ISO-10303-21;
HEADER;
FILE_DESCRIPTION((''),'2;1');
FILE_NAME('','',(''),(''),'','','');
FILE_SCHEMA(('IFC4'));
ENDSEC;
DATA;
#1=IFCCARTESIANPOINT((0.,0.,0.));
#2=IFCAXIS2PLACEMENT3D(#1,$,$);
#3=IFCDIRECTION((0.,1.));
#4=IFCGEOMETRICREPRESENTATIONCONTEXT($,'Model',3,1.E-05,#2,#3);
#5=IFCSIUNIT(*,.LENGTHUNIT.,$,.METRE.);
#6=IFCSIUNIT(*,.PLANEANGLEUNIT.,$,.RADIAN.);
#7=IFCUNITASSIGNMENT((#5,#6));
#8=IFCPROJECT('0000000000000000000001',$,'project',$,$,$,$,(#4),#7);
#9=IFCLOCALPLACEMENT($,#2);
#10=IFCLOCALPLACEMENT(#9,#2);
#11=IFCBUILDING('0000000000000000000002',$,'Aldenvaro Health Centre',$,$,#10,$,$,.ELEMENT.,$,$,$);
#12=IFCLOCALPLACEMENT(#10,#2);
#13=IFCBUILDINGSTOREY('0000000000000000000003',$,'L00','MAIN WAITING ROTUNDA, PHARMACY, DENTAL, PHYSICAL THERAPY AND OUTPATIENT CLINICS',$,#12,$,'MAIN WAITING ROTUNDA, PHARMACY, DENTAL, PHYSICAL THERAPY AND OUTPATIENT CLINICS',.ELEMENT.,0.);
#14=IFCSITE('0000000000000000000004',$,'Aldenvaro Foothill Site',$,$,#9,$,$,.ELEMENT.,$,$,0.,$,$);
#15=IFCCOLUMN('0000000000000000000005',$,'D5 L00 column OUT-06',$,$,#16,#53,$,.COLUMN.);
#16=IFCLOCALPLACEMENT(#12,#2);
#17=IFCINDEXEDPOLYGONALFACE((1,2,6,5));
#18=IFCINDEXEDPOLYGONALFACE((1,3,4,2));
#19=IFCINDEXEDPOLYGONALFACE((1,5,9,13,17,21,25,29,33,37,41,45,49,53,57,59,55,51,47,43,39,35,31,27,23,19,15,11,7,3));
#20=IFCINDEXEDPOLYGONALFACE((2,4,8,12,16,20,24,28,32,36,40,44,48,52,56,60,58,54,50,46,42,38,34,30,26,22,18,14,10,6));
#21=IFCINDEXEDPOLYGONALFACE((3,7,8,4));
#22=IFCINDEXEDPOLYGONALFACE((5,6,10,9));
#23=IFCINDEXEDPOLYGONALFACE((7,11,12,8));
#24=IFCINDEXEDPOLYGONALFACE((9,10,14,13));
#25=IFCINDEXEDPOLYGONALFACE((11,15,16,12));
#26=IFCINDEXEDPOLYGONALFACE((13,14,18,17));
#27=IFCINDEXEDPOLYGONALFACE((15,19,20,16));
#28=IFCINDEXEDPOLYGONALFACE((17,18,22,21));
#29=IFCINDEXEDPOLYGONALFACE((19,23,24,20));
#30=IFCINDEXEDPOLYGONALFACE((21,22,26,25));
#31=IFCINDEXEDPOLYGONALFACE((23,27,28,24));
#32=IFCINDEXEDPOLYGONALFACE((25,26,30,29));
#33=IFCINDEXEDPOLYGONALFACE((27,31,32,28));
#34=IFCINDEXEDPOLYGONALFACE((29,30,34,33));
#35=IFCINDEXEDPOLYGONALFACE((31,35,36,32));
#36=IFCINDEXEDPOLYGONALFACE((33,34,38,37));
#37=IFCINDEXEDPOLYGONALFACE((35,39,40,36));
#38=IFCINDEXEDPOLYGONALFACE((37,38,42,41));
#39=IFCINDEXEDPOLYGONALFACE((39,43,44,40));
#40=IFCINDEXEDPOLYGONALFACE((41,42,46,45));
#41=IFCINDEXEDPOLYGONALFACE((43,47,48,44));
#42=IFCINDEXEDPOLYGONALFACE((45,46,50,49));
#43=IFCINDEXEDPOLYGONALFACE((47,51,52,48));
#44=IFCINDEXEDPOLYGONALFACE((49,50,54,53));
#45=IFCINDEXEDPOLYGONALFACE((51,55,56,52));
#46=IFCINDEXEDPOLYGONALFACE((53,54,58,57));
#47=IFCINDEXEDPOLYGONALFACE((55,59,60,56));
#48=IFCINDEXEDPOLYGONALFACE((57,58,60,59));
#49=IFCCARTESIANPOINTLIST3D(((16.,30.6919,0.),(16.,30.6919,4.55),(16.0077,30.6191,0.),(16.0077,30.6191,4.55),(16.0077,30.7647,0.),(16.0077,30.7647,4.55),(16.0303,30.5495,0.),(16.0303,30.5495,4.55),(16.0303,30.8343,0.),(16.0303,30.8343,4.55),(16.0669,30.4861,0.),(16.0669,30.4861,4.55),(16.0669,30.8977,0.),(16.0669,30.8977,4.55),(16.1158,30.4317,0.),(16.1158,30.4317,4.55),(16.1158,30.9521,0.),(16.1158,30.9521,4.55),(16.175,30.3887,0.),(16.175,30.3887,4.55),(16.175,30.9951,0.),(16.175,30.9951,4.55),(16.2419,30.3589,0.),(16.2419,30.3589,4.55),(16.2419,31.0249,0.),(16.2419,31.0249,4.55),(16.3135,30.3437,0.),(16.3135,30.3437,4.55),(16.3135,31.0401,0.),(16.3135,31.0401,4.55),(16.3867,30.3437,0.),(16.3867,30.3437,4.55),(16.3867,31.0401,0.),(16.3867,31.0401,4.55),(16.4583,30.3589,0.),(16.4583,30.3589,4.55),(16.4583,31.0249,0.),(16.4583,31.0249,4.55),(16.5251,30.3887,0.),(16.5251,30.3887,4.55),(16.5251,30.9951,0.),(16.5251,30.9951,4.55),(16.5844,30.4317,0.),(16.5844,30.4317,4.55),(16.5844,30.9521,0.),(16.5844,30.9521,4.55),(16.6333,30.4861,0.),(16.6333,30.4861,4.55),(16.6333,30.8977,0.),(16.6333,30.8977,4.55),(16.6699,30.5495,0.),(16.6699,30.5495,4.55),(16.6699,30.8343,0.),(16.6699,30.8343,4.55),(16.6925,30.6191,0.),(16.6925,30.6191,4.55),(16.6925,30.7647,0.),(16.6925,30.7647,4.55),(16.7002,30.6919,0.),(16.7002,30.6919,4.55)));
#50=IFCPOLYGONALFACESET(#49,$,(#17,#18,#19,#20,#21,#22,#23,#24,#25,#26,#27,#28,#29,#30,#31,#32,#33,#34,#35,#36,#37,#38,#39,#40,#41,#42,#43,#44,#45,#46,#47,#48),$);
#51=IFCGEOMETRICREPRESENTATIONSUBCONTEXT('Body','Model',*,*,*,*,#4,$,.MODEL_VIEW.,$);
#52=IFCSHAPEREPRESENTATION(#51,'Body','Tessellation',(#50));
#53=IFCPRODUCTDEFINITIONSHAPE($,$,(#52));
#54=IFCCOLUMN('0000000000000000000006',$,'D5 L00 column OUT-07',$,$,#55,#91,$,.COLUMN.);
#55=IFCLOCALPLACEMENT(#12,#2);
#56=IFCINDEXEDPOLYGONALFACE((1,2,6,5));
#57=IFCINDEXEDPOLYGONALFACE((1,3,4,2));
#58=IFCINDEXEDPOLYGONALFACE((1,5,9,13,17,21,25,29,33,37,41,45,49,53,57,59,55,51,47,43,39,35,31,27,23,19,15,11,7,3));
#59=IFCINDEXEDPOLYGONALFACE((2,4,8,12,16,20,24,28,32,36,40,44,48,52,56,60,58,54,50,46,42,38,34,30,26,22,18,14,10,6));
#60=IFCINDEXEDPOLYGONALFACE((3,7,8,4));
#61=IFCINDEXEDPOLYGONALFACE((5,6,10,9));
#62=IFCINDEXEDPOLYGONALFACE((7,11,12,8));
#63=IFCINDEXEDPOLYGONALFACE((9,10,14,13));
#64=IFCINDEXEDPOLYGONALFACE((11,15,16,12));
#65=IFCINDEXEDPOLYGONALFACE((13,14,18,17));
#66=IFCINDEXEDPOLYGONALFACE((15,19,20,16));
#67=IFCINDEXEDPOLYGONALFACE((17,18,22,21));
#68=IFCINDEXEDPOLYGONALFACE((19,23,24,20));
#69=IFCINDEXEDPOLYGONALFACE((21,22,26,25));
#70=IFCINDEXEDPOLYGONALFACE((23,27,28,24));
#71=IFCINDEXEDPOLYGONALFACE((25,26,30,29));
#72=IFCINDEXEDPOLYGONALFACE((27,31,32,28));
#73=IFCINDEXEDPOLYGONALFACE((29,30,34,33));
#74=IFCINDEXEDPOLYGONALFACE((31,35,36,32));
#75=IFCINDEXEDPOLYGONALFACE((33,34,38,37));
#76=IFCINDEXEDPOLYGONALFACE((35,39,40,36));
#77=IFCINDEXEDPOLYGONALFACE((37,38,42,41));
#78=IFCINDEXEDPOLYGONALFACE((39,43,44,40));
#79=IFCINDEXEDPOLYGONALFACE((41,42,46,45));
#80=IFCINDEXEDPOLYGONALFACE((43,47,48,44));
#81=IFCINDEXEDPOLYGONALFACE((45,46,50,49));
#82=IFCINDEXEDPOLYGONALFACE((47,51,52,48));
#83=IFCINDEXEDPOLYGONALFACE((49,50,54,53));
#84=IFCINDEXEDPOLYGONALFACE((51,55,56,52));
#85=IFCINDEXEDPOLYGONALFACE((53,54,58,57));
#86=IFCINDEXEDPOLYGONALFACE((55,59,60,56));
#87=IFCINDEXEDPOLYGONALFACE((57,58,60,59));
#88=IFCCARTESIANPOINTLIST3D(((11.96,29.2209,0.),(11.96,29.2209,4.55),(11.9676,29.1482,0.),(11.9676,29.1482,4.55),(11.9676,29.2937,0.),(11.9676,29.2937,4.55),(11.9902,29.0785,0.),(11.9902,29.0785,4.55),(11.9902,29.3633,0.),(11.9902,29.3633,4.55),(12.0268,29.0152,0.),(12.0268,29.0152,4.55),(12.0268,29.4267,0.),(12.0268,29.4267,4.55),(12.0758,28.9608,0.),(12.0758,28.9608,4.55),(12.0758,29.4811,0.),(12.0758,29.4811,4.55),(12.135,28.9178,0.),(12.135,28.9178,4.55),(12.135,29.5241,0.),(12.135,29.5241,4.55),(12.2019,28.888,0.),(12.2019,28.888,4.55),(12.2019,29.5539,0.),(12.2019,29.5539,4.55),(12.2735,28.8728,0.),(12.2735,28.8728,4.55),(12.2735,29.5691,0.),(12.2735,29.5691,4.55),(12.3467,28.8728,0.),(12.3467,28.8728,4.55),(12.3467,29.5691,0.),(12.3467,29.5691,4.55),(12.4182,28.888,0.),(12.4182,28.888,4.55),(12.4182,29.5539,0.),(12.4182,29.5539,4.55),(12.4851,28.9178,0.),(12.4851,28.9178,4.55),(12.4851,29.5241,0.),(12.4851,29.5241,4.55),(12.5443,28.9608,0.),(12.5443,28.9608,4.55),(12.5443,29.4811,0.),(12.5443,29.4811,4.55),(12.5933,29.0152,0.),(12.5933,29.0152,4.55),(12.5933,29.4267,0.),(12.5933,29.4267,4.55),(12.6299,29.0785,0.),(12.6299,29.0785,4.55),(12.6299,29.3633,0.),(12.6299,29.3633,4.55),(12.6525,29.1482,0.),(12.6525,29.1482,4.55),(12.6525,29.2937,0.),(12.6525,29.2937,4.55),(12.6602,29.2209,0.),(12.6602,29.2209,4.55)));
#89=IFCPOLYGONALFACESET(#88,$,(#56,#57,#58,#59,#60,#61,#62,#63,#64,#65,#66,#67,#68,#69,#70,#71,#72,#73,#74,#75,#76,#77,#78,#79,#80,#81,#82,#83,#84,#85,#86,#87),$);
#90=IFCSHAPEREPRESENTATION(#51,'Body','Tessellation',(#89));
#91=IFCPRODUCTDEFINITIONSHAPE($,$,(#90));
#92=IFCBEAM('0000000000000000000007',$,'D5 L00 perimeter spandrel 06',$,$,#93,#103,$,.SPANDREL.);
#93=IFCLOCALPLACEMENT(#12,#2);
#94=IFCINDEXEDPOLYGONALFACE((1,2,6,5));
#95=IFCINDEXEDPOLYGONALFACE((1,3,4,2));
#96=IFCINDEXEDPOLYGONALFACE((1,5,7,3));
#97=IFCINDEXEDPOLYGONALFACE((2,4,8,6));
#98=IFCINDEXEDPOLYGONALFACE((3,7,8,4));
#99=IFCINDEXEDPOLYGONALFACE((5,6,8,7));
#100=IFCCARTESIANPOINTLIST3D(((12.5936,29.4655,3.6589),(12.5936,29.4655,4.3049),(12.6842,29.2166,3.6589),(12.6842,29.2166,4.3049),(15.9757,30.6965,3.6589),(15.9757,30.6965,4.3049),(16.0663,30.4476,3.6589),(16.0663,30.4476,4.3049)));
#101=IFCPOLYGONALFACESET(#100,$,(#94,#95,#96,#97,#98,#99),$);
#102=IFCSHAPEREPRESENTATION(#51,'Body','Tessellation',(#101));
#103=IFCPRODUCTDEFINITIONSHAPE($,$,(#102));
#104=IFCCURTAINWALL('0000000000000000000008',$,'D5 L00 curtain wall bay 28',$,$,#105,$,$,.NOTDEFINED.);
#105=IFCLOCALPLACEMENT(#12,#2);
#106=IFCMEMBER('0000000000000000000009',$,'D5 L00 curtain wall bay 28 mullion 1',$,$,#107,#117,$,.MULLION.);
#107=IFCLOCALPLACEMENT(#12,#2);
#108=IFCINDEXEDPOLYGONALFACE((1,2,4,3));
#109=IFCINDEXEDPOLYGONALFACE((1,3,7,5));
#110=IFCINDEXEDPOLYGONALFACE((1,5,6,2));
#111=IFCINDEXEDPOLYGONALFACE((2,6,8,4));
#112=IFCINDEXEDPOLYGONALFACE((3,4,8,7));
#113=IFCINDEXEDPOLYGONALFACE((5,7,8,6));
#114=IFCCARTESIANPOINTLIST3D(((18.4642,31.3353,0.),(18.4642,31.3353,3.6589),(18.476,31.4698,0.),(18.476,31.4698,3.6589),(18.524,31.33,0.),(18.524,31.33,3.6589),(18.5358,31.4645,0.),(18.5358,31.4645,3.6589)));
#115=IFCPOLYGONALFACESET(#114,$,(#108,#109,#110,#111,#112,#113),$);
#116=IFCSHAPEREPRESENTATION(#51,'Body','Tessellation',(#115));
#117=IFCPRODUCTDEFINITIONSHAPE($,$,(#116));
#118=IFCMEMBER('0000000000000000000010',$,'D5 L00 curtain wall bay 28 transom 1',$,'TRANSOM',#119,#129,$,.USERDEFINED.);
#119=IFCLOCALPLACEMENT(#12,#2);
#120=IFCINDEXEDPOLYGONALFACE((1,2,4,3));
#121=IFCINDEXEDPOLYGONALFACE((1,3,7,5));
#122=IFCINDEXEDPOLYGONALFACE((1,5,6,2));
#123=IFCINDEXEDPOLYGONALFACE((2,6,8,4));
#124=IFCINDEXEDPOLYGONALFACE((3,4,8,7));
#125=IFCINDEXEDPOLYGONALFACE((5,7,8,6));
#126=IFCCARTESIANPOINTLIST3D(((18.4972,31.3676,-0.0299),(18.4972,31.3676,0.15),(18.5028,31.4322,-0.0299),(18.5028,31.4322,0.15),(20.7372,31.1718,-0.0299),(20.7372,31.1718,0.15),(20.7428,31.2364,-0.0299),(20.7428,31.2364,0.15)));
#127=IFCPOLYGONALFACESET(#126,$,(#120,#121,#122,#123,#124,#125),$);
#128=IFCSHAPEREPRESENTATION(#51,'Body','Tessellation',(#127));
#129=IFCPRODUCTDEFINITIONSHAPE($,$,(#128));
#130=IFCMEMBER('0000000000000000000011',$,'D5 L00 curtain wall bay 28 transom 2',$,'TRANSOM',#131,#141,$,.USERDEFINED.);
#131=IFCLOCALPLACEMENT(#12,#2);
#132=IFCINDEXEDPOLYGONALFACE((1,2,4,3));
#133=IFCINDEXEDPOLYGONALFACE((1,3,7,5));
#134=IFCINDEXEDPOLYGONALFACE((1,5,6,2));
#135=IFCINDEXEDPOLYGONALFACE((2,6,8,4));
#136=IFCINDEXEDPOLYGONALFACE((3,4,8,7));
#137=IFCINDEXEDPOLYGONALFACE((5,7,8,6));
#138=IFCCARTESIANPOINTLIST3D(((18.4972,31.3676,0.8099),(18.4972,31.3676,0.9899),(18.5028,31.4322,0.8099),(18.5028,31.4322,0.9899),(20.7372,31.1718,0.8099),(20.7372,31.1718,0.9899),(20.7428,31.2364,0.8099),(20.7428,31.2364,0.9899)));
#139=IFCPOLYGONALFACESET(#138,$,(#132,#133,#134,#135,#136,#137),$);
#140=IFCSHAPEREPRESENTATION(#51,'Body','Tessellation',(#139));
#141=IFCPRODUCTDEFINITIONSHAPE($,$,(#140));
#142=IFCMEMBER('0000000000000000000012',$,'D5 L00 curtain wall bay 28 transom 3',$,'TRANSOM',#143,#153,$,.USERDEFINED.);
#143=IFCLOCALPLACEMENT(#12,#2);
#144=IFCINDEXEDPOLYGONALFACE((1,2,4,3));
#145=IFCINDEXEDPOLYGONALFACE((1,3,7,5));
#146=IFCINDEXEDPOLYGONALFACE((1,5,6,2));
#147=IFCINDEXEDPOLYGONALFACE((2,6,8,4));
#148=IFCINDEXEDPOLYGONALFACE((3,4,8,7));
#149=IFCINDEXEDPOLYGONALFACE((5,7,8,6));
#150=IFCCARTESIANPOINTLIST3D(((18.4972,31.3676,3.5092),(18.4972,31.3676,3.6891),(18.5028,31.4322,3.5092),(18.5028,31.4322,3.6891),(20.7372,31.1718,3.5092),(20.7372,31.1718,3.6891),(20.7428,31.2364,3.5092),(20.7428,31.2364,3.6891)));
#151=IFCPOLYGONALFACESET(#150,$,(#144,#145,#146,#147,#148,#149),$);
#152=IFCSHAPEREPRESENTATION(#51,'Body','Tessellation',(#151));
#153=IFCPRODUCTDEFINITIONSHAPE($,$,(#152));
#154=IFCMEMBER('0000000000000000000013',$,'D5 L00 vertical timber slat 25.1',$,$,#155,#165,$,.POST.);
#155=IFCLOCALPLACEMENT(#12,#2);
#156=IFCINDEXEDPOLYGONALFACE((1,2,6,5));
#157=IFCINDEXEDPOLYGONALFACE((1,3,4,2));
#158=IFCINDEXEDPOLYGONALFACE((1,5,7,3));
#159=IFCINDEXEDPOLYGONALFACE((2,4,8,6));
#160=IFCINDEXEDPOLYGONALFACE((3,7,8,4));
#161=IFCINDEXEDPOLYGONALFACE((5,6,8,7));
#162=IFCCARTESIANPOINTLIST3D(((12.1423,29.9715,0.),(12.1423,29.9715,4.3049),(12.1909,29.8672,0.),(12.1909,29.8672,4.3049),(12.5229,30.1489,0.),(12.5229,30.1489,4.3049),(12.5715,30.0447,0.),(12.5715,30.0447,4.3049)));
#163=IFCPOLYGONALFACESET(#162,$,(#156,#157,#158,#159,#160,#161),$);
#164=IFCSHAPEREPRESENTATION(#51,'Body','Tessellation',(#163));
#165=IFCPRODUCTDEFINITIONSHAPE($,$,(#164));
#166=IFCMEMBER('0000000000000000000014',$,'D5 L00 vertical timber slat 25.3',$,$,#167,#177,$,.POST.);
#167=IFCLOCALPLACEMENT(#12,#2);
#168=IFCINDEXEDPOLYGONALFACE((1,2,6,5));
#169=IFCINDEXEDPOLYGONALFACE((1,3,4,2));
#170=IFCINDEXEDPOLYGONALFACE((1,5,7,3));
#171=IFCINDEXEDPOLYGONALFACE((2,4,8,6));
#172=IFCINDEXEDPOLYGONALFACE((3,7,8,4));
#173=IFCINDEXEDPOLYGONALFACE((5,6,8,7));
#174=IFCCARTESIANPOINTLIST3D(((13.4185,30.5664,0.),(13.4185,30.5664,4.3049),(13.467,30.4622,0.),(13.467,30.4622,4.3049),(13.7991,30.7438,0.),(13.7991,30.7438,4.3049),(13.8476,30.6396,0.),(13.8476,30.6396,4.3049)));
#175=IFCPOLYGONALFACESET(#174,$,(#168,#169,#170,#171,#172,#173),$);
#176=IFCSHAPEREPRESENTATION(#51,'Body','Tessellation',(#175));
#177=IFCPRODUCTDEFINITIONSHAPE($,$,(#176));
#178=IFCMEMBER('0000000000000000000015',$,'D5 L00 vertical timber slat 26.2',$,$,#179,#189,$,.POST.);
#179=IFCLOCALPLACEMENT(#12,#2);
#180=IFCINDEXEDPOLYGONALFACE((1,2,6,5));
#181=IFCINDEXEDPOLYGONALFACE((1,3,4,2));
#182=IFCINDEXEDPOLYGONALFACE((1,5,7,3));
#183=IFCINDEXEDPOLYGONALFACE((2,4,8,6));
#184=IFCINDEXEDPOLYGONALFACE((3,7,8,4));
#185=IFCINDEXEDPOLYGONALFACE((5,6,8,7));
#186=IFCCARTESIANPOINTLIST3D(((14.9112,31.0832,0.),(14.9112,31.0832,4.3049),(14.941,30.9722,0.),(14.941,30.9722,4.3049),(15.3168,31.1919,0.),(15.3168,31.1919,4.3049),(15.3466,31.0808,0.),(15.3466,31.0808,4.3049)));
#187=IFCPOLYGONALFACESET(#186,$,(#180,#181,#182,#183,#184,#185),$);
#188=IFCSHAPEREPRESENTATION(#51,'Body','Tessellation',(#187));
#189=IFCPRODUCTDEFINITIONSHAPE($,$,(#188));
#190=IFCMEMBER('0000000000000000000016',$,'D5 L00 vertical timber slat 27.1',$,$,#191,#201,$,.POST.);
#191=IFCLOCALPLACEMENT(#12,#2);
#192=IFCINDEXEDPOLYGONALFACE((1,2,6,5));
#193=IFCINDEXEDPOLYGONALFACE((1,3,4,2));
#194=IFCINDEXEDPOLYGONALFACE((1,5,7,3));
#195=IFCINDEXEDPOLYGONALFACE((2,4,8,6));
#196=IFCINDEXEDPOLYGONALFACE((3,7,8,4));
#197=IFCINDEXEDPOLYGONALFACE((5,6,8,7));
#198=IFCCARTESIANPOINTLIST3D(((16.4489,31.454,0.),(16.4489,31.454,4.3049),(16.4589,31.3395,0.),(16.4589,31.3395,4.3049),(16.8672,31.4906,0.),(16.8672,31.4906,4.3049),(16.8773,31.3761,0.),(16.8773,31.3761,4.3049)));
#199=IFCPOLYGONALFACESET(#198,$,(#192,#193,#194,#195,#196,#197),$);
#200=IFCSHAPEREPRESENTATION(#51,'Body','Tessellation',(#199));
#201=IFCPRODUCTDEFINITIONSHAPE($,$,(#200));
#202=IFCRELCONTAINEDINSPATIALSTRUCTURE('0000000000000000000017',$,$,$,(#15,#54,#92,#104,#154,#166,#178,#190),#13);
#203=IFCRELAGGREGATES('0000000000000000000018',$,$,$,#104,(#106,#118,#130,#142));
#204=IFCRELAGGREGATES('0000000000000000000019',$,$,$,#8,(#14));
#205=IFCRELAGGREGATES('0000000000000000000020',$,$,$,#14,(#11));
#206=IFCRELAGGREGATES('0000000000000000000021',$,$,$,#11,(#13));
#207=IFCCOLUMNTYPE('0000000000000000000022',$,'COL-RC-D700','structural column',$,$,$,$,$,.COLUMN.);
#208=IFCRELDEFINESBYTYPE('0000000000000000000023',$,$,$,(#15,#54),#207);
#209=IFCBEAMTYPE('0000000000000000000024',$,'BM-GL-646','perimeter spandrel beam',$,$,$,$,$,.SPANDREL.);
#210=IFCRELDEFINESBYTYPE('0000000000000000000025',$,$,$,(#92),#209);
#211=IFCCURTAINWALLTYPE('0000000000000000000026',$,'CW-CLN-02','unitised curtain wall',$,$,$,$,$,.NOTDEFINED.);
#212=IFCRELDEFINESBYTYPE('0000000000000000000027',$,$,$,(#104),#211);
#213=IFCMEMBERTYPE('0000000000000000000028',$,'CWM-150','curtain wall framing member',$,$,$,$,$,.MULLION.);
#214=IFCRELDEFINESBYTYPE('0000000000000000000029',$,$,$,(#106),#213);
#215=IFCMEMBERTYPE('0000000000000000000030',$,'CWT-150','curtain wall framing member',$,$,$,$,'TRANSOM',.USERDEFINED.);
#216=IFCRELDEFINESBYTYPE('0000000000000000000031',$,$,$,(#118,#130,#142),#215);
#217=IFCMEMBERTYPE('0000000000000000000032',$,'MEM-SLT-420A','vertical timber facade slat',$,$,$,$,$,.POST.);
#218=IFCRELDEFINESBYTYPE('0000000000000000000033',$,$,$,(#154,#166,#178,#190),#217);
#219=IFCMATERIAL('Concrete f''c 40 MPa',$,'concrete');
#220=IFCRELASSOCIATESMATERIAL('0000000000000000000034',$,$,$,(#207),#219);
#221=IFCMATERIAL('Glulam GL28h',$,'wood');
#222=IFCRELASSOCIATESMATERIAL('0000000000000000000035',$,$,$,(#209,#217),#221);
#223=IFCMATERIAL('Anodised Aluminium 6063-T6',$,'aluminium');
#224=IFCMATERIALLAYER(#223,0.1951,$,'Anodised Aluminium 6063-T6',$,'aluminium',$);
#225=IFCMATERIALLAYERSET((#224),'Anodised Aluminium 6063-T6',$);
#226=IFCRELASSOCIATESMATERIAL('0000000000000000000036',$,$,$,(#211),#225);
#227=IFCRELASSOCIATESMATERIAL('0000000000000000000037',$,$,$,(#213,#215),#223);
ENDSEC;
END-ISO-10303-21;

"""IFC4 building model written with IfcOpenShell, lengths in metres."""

from ifc_helpers import new_model, si_unit, direction, frame, origin, origin_2d, place, context, subcontext, project, spatial, rectangle, circle, extrude, material, layer, layer_set, material_profile, profile_set, type_object, element, aggregate, save


model = new_model("IFC4")

# Units and contexts
model_context = context("Model", 3, precision=1e-05, world=origin(), true_north=direction((0.0, 1.0)))
body_context = subcontext(model_context, "Body", "Model", "MODEL_VIEW")
ifc_project = project(units=[si_unit("LENGTHUNIT", "METRE"), si_unit("PLANEANGLEUNIT", "RADIAN")], contexts=[model_context])

# Site, building, storey
site_placement = place(None, origin())
site = spatial("IfcSite", under=ifc_project, at=site_placement, Name="Aldenvaro Foothill Site", CompositionType="ELEMENT", RefElevation=0.0)
building_placement = place(site_placement, origin())
building = spatial("IfcBuilding", under=site, at=building_placement, Name="Aldenvaro Health Centre", CompositionType="ELEMENT")
storey_placement = place(building_placement, origin())
storey = spatial("IfcBuildingStorey", under=building, at=storey_placement, Name="L00", Description="MAIN WAITING ROTUNDA, PHARMACY, DENTAL, PHYSICAL THERAPY AND OUTPATIENT CLINICS", LongName="MAIN WAITING ROTUNDA, PHARMACY, DENTAL, PHYSICAL THERAPY AND OUTPATIENT CLINICS", CompositionType="ELEMENT", Elevation=0.0)

# Columns
ifc_material_1 = material(Name="Concrete f'c 40 MPa", Category="concrete")
ifc_material_profile_1 = material_profile(ifc_material_1, circle(Radius=0.3501, at=origin_2d()), Name="RC D700", Category="concrete")
ifc_profile_set_1 = profile_set([ifc_material_profile_1], Name="Concrete f'c 40 MPa")
column_type = type_object("IfcColumnType", Name="COL-RC-D700", Description="structural column", PredefinedType="COLUMN", material=ifc_profile_set_1)
for number, where, z_axis, x_axis, name in (
    (1, (16.3501, 30.6919, 0.0), (0.0, 0.0, 1.0), (1.0, 0.0, 0.0), "D5 L00 column OUT-06"),
    (2, (12.3101, 29.2209, 0.0), (0.0, 0.0, 1.0), (1.0, 0.0, 0.0), "D5 L00 column OUT-07"),
):
    element("IfcColumn", number, at=place(storey_placement, frame(where, z_axis=z_axis, x_axis=x_axis)), inside=storey, type_object=column_type, Name=name, PredefinedType="COLUMN", context=body_context, shape_type="SweptSolid", body=[
        extrude(circle(Radius=0.3501, at=origin_2d()), origin(), (0.0, 0.0, 1.0), 4.55),
    ])

# Beam
ifc_material_2 = material(Name="Glulam GL28h", Category="wood")
ifc_material_profile_2 = material_profile(ifc_material_2, rectangle(XDim=0.2649, YDim=0.646, at=origin_2d()), Name="GL 265x646", Category="wood")
ifc_profile_set_2 = profile_set([ifc_material_profile_2], Name="Glulam GL28h")
beam_type = type_object("IfcBeamType", Name="BM-GL-646", Description="perimeter spandrel beam", PredefinedType="SPANDREL", material=ifc_profile_set_2)
beam_placement = place(storey_placement, frame((16.021, 30.572, 3.9819), z_axis=(-0.939694, -0.342015, 0.0), x_axis=(0.342015, -0.939694, 0.0)))
element("IfcBeam", 3, at=beam_placement, inside=storey, type_object=beam_type, Name="D5 L00 perimeter spandrel 06", PredefinedType="SPANDREL", context=body_context, shape_type="SweptSolid", body=[
    extrude(rectangle(XDim=0.2649, YDim=0.646, at=origin_2d()), origin(), (0.0, 0.0, 1.0), 3.5991),
])

# Curtain wall, members
ifc_material_3 = material(Name="Anodised Aluminium 6063-T6", Category="aluminium")
ifc_layer_1 = layer(ifc_material_3, 0.1951, Name="Anodised Aluminium 6063-T6", Category="aluminium")
ifc_layer_set_1 = layer_set([ifc_layer_1], Name="Anodised Aluminium 6063-T6")
curtain_wall_type = type_object("IfcCurtainWallType", Name="CW-CLN-02", Description="unitised curtain wall", PredefinedType="NOTDEFINED", material=ifc_layer_set_1)
curtain_wall_placement = place(storey_placement, origin())
curtain_wall = element("IfcCurtainWall", 4, at=curtain_wall_placement, inside=storey, type_object=curtain_wall_type, Name="D5 L00 curtain wall bay 28", PredefinedType="NOTDEFINED")
ifc_material_profile_3 = material_profile(ifc_material_3, rectangle(XDim=0.0601, YDim=0.135, at=origin_2d()), Name="ALU 60x135", Category="aluminium")
ifc_profile_set_3 = profile_set([ifc_material_profile_3], Name="Anodised Aluminium 6063-T6")
member_type_1 = type_object("IfcMemberType", Name="CWM-150", Description="curtain wall framing member", PredefinedType="MULLION", material=ifc_profile_set_3)
member_1_placement = place(storey_placement, frame((18.5, 31.3999, 0.0), z_axis=(0.0, 0.0, 1.0), x_axis=(0.996194, -0.087167, 0.0)))
member_1 = element("IfcMember", 5, at=member_1_placement, type_object=member_type_1, Name="D5 L00 curtain wall bay 28 mullion 1", PredefinedType="MULLION", context=body_context, shape_type="SweptSolid", body=[
    extrude(rectangle(XDim=0.0601, YDim=0.135, at=origin_2d()), origin(), (0.0, 0.0, 1.0), 3.6589),
])
ifc_material_profile_4 = material_profile(ifc_material_3, rectangle(XDim=0.0649, YDim=0.1799, at=origin_2d()), Name="ALU 65x180", Category="aluminium")
ifc_profile_set_4 = profile_set([ifc_material_profile_4], Name="Anodised Aluminium 6063-T6")
member_type_2 = type_object("IfcMemberType", Name="CWT-150", Description="curtain wall framing member", ElementType="TRANSOM", PredefinedType="USERDEFINED", material=ifc_profile_set_4)
member_2_placement = place(storey_placement, frame((18.5, 31.3999, 0.0601), z_axis=(0.996201, -0.087079, 0.0), x_axis=(0.087079, 0.996201, 0.0)))
member_2 = element("IfcMember", 6, at=member_2_placement, type_object=member_type_2, Name="D5 L00 curtain wall bay 28 transom 1", ObjectType="TRANSOM", PredefinedType="USERDEFINED", context=body_context, shape_type="SweptSolid", body=[
    extrude(rectangle(XDim=0.0649, YDim=0.1799, at=origin_2d()), origin(), (0.0, 0.0, 1.0), 2.2485),
])
member_3_placement = place(storey_placement, frame((18.5, 31.3999, 0.8999), z_axis=(0.996201, -0.087079, 0.0), x_axis=(0.087079, 0.996201, 0.0)))
member_3 = element("IfcMember", 7, at=member_3_placement, type_object=member_type_2, Name="D5 L00 curtain wall bay 28 transom 2", ObjectType="TRANSOM", PredefinedType="USERDEFINED", context=body_context, shape_type="SweptSolid", body=[
    extrude(rectangle(XDim=0.0649, YDim=0.1799, at=origin_2d()), origin(), (0.0, 0.0, 1.0), 2.2485),
])
member_4_placement = place(storey_placement, frame((18.5, 31.3999, 3.5991), z_axis=(0.996201, -0.087079, 0.0), x_axis=(0.087079, 0.996201, 0.0)))
member_4 = element("IfcMember", 8, at=member_4_placement, type_object=member_type_2, Name="D5 L00 curtain wall bay 28 transom 3", ObjectType="TRANSOM", PredefinedType="USERDEFINED", context=body_context, shape_type="SweptSolid", body=[
    extrude(rectangle(XDim=0.0649, YDim=0.1799, at=origin_2d()), origin(), (0.0, 0.0, 1.0), 2.2485),
])
aggregate(curtain_wall, [member_1, member_2, member_3, member_4])

# Members
ifc_material_profile_5 = material_profile(ifc_material_2, rectangle(XDim=0.115, YDim=0.4199, at=origin_2d()), Name="GL 115x420", Category="wood")
ifc_profile_set_5 = profile_set([ifc_material_profile_5], Name="Glulam GL28h")
member_type_3 = type_object("IfcMemberType", Name="MEM-SLT-420A", Description="vertical timber facade slat", PredefinedType="POST", material=ifc_profile_set_5)
for number, where, z_axis, x_axis, name in (
    (9, (12.3569, 30.0081, 0.0), (0.0, 0.0, 1.0), (-0.422496, 0.906365, 0.0), "D5 L00 vertical timber slat 25.1"),
    (10, (13.6331, 30.603, 0.0), (0.0, 0.0, 1.0), (-0.422496, 0.906365, 0.0), "D5 L00 vertical timber slat 25.3"),
    (11, (15.1289, 31.082, 0.0), (0.0, 0.0, 1.0), (-0.258825, 0.965924, 0.0), "D5 L00 vertical timber slat 26.2"),
    (12, (16.6631, 31.415, 0.0), (0.0, 0.0, 1.0), (-0.087167, 0.996194, 0.0), "D5 L00 vertical timber slat 27.1"),
):
    element("IfcMember", number, at=place(storey_placement, frame(where, z_axis=z_axis, x_axis=x_axis)), inside=storey, type_object=member_type_3, Name=name, PredefinedType="POST", context=body_context, shape_type="SweptSolid", body=[
        extrude(rectangle(XDim=0.115, YDim=0.4199, at=origin_2d()), origin(), (0.0, 0.0, 1.0), 4.3049),
    ])

save(model, "model.ifc")
